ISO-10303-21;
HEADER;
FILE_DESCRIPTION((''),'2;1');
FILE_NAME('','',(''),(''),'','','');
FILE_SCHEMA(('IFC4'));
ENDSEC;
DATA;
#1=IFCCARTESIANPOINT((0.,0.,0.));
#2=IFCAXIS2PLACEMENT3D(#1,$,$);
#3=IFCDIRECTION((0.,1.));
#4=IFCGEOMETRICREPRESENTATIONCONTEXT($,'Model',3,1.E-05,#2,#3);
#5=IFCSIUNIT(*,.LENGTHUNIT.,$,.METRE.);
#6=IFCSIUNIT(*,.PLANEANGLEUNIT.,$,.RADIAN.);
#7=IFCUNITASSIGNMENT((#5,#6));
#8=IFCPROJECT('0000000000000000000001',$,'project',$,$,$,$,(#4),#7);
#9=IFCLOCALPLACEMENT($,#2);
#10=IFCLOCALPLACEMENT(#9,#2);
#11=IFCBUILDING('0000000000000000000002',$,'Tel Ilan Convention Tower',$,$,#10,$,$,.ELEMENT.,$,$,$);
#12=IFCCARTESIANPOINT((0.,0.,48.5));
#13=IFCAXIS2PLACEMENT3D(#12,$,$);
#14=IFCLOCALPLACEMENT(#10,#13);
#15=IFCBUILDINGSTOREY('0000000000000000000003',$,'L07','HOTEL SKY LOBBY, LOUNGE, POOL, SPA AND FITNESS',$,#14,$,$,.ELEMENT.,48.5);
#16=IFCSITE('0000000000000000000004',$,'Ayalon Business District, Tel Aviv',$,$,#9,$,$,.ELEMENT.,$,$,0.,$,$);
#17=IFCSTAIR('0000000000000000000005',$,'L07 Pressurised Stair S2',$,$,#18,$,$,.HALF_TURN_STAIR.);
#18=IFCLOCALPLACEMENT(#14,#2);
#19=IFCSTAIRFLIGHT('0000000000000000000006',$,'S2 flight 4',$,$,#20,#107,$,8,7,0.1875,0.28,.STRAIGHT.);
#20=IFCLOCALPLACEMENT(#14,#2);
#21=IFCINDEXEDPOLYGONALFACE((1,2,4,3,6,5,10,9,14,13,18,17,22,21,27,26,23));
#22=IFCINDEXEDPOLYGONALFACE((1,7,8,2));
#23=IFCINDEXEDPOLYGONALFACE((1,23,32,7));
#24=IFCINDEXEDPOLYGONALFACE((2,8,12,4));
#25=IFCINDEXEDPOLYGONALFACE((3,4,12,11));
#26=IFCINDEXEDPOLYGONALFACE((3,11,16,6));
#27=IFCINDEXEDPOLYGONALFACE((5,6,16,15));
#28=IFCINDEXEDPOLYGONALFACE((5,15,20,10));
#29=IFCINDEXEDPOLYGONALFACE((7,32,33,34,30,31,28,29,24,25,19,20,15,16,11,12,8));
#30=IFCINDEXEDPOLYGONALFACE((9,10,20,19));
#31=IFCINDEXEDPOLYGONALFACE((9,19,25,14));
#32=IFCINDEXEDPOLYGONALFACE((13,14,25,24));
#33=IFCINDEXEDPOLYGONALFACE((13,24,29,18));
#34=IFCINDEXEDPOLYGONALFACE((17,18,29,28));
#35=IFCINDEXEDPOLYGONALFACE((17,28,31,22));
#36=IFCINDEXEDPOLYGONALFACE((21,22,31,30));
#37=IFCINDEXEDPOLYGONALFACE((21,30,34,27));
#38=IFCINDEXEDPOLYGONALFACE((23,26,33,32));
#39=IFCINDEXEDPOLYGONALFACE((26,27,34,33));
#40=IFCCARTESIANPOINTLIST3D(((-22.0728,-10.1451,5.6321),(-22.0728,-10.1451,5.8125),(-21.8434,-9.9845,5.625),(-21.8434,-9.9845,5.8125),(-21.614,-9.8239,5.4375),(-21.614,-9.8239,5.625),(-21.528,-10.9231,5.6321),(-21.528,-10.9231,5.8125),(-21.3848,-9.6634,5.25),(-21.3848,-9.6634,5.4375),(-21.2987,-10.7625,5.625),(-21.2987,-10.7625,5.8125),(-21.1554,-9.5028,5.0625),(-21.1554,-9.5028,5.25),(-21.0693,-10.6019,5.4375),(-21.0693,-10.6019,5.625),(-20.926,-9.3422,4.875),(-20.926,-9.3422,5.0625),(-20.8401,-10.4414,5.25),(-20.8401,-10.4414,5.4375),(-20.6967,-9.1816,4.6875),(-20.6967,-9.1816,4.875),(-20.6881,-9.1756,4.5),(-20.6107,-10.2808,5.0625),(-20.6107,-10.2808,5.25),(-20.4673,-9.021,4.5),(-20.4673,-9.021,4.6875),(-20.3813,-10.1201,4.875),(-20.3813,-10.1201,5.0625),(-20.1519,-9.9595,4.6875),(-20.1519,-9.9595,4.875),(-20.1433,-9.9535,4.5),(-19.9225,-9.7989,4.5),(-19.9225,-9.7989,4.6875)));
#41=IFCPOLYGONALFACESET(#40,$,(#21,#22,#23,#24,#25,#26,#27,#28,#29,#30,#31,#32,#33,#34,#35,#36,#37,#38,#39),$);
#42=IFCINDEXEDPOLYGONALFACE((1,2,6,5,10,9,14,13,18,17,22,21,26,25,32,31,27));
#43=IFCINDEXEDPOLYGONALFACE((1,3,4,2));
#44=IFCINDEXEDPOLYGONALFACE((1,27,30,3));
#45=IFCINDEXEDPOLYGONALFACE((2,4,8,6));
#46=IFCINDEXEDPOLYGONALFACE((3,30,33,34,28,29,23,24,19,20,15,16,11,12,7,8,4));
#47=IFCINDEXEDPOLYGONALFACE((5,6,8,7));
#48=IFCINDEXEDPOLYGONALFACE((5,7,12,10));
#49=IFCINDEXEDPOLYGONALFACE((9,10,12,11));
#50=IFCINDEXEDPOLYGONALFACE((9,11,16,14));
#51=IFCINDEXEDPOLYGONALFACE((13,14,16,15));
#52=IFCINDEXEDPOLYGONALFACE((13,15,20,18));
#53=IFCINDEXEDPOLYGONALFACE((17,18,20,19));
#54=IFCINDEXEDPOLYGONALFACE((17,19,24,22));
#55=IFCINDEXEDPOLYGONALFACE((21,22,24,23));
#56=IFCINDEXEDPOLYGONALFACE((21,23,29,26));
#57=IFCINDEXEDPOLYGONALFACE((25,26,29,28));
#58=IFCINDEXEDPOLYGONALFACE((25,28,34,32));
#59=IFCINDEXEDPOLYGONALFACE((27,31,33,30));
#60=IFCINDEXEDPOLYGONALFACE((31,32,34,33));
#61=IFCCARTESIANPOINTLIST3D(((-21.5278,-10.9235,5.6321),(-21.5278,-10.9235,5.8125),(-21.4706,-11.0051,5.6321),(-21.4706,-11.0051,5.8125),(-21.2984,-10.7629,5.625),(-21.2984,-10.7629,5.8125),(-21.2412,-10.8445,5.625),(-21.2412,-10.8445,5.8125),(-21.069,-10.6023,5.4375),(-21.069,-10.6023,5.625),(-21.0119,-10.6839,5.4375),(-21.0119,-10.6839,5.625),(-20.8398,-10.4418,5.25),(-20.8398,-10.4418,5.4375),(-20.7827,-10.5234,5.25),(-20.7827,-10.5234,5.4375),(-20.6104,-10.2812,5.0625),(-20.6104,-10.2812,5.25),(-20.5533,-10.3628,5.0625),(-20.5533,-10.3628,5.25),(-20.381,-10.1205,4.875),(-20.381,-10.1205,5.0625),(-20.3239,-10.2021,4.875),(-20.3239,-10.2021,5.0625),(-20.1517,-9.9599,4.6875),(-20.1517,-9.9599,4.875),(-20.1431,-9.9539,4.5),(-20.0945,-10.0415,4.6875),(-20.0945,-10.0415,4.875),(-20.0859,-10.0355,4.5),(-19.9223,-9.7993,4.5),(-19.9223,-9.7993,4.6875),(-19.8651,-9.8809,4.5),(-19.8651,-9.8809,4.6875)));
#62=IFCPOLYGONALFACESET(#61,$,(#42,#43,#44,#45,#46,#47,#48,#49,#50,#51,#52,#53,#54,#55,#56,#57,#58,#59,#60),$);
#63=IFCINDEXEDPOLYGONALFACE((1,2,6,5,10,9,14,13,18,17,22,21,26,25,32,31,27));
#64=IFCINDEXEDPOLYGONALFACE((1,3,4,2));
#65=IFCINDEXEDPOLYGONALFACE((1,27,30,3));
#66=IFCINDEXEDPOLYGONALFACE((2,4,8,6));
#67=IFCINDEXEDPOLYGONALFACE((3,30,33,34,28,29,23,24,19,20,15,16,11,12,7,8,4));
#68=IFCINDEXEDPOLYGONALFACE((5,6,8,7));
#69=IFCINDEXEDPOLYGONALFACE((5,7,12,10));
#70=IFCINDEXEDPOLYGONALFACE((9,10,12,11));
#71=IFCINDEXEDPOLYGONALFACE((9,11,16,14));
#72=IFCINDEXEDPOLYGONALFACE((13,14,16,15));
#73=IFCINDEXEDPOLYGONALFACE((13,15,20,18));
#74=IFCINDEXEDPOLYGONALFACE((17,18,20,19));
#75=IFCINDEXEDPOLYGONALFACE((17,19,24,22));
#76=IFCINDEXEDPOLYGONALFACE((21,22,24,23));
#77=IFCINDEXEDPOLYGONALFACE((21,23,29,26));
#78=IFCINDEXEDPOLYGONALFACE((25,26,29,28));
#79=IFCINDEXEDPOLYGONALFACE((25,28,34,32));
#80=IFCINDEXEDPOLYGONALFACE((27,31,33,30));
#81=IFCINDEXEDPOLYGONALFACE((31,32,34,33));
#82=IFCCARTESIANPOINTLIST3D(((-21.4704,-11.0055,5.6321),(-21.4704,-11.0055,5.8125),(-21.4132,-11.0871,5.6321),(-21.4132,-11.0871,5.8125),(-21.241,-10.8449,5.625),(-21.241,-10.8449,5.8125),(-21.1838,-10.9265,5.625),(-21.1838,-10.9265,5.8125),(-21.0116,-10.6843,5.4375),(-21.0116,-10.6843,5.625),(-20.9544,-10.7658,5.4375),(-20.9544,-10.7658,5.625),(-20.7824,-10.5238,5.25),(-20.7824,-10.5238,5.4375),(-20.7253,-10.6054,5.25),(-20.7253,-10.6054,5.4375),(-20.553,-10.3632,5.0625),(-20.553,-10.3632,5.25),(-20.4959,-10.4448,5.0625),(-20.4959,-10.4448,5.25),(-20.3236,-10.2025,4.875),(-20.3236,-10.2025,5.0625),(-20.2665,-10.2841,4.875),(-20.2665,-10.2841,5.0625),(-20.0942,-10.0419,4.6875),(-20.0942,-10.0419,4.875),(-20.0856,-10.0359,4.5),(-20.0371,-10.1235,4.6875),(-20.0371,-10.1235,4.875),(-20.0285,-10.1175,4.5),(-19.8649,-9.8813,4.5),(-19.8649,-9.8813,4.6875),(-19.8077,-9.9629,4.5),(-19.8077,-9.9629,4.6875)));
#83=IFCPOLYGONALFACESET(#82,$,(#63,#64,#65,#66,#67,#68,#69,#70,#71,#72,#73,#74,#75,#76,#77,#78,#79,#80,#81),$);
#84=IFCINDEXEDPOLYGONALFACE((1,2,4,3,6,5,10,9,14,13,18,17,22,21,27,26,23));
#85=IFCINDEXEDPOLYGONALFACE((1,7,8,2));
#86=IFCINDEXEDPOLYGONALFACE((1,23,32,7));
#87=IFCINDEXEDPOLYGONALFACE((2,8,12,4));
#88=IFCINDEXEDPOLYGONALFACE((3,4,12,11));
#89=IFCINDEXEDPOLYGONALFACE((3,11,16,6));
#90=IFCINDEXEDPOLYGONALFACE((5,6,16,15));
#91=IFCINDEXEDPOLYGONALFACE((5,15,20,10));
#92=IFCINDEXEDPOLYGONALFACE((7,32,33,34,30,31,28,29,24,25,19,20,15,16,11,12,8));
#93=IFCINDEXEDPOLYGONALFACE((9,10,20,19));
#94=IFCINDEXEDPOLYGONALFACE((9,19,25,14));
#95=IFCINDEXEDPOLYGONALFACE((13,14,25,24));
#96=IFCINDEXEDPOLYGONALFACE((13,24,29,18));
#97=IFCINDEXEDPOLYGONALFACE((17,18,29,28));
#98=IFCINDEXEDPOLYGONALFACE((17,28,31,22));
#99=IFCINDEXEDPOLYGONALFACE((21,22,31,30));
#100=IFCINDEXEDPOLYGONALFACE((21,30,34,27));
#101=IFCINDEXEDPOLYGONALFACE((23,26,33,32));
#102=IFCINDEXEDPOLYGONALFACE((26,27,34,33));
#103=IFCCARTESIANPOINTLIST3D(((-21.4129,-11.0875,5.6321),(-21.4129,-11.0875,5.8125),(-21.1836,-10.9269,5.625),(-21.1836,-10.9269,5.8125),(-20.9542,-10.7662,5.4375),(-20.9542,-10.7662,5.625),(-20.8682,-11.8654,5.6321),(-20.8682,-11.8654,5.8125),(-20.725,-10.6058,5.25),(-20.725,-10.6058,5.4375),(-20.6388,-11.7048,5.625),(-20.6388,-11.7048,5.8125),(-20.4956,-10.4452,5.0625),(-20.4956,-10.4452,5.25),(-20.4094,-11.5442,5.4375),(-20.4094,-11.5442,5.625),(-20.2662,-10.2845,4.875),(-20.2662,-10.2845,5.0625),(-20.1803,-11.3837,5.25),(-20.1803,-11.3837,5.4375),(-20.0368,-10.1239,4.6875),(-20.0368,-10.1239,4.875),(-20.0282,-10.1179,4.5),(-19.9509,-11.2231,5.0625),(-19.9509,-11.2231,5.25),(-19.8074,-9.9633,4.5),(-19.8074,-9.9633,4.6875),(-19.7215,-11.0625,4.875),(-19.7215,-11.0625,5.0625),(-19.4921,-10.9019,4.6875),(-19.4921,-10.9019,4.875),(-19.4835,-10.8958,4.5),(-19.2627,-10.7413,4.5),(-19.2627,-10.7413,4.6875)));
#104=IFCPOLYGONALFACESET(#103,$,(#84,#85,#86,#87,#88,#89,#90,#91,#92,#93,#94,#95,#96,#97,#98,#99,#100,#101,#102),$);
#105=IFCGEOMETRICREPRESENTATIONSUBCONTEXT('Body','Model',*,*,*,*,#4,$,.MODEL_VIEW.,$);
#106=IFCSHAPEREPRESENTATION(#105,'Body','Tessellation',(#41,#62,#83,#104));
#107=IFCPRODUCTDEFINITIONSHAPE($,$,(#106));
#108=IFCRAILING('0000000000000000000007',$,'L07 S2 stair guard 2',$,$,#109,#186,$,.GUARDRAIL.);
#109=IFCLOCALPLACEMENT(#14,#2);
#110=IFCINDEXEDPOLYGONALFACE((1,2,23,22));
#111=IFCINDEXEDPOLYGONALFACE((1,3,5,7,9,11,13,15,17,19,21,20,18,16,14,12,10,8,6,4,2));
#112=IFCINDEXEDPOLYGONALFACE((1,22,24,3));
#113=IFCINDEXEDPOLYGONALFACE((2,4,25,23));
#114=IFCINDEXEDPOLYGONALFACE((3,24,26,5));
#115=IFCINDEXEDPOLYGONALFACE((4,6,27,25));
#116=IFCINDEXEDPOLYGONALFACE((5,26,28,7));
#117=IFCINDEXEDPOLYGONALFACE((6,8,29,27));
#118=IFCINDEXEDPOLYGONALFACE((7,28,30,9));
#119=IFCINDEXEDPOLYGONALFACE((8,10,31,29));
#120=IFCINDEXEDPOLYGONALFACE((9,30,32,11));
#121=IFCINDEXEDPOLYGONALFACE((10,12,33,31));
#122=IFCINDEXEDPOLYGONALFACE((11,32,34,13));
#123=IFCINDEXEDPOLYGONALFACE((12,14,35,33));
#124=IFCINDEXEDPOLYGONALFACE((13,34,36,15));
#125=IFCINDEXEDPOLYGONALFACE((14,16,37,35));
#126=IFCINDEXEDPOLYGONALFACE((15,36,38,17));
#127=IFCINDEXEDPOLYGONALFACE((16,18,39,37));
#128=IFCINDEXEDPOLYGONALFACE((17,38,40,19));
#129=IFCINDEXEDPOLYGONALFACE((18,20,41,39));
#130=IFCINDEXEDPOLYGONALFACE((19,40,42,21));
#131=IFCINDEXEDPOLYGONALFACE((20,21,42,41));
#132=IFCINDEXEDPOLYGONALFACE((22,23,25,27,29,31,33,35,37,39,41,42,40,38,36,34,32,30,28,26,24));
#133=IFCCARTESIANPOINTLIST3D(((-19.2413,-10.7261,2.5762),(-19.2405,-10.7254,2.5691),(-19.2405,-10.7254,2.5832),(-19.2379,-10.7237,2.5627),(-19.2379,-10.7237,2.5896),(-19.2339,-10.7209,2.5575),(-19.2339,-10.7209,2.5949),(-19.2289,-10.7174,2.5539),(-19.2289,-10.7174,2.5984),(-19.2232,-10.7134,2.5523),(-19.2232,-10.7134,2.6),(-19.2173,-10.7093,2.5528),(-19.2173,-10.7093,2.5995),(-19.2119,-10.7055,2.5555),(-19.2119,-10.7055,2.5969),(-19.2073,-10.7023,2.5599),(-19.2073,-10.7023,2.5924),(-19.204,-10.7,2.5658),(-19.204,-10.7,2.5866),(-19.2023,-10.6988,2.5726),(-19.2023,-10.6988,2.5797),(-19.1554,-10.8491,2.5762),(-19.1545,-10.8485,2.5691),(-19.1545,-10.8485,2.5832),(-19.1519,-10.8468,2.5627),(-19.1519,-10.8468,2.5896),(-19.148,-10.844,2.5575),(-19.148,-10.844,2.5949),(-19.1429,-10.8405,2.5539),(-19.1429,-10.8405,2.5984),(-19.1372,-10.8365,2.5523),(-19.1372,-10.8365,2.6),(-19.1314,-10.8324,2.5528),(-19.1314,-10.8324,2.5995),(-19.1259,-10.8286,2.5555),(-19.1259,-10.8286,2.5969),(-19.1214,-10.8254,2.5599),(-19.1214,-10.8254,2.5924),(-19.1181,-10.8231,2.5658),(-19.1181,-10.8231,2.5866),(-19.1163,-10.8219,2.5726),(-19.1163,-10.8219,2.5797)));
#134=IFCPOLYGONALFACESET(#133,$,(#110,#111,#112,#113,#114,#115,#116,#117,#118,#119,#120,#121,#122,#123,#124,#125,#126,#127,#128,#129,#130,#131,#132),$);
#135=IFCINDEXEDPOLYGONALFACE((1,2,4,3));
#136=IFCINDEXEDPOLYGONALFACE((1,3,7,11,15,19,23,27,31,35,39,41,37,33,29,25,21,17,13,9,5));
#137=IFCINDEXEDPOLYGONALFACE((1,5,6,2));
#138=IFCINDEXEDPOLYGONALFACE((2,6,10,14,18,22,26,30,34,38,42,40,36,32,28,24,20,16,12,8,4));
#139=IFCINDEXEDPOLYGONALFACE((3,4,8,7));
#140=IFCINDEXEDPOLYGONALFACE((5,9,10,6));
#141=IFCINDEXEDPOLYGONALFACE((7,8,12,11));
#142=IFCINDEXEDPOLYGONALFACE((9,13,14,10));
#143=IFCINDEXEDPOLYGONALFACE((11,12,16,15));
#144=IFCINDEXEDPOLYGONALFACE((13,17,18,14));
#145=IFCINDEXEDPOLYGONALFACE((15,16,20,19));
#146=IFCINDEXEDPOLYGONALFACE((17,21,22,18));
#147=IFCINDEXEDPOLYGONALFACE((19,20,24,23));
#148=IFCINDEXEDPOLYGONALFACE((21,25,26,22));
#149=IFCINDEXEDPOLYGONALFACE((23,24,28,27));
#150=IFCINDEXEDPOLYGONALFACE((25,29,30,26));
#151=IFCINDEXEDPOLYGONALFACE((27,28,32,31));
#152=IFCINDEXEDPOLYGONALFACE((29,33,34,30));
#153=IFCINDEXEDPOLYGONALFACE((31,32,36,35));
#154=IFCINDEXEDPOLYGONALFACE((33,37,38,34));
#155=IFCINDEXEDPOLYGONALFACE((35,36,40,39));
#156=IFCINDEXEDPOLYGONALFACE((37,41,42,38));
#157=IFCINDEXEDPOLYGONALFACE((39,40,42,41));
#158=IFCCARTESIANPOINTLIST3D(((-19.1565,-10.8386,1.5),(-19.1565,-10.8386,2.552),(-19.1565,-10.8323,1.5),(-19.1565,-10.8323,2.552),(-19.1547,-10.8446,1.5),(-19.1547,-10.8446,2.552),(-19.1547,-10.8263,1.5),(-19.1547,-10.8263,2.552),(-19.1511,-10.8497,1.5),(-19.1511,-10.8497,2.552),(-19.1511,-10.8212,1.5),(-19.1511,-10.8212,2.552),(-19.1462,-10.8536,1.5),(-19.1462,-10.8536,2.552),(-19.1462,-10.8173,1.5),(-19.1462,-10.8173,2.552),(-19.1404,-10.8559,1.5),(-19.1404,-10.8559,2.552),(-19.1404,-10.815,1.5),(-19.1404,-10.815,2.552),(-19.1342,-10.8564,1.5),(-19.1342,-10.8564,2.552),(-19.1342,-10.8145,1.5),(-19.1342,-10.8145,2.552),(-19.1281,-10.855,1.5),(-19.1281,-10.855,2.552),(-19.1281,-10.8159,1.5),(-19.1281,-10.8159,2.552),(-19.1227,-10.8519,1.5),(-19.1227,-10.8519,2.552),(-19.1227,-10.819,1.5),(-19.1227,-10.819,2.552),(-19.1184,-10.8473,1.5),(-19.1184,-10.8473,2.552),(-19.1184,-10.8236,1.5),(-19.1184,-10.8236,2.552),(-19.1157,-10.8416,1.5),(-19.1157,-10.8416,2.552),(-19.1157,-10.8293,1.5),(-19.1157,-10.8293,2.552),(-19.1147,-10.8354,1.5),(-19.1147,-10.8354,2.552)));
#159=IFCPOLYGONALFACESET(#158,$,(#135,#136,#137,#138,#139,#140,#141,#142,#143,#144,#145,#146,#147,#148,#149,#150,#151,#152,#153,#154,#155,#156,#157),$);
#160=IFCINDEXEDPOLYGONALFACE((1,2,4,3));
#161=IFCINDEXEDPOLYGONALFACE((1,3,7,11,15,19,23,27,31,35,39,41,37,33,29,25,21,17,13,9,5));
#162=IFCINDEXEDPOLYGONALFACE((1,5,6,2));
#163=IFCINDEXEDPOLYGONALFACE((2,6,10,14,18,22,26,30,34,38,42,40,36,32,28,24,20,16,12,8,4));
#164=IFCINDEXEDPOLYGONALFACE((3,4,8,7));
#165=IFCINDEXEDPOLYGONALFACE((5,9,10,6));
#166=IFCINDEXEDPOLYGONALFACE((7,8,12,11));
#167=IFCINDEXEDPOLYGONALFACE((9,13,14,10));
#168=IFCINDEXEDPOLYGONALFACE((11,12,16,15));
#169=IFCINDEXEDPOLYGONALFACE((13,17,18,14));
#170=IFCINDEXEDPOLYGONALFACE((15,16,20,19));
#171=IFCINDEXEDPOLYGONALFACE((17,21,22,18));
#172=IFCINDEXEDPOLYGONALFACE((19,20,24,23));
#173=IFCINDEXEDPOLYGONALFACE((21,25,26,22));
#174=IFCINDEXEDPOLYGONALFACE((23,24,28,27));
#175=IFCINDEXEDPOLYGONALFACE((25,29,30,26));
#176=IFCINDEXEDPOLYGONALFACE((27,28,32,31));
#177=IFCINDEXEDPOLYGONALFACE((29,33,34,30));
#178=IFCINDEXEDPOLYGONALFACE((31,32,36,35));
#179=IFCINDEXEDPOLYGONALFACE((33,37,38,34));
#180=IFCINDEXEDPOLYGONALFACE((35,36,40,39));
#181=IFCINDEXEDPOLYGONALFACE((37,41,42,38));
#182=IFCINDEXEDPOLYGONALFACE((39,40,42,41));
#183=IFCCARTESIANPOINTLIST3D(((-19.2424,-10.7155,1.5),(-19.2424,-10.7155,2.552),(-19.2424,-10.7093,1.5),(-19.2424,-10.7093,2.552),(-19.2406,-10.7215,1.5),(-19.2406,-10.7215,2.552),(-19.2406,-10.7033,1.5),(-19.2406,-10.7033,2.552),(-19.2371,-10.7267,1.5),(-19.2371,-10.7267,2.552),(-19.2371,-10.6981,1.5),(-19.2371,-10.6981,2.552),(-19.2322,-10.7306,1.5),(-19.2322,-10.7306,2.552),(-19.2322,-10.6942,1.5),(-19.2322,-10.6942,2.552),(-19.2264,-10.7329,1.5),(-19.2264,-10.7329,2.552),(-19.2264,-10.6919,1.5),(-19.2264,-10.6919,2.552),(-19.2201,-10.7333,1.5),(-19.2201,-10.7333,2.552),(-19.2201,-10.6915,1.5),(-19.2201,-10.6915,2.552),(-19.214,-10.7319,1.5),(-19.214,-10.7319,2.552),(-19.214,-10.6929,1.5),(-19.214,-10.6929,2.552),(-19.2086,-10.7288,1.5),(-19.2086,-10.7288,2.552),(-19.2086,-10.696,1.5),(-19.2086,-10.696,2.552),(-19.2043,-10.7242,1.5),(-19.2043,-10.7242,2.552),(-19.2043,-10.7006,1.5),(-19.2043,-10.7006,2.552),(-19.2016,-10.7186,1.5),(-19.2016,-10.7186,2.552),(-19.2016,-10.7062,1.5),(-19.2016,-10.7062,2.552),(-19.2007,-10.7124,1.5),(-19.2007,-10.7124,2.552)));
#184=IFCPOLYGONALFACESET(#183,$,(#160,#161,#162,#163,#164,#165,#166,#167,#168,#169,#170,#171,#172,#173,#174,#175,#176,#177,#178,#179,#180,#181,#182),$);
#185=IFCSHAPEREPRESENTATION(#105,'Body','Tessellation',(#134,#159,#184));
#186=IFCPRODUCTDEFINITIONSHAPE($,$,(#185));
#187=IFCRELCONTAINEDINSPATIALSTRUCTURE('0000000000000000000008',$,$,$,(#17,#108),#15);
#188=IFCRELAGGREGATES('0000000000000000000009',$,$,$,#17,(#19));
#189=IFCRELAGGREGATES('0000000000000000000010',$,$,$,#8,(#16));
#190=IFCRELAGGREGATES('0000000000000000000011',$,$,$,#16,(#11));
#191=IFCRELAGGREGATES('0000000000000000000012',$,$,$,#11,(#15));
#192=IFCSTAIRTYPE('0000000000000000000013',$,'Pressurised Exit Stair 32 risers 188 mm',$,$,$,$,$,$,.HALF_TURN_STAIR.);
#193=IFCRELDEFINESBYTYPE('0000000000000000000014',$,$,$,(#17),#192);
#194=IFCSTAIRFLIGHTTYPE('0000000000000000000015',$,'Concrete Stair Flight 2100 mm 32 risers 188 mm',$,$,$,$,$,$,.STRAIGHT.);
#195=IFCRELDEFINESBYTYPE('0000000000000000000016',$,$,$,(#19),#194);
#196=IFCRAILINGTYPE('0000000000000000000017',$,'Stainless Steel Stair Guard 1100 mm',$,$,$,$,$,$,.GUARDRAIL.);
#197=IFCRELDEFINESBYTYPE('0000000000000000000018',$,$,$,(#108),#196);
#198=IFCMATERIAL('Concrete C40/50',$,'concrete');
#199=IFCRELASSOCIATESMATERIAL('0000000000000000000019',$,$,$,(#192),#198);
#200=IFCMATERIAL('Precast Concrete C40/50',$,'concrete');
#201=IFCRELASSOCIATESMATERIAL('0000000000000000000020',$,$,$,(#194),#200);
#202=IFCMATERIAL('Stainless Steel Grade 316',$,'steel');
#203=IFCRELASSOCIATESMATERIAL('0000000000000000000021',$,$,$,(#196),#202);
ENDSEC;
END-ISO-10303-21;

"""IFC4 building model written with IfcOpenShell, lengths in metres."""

from ifc_helpers import new_model, si_unit, direction, frame, origin, origin_2d, place, context, subcontext, project, spatial, polyline, circle, outline, extrude, material, type_object, element, aggregate, save


model = new_model("IFC4")

# Units and contexts
model_context = context("Model", 3, precision=1e-05, world=origin(), true_north=direction((0.0, 1.0)))
body_context = subcontext(model_context, "Body", "Model", "MODEL_VIEW")
ifc_project = project(units=[si_unit("LENGTHUNIT", "METRE"), si_unit("PLANEANGLEUNIT", "RADIAN")], contexts=[model_context])

# Site, building, storey
site_placement = place(None, origin())
site = spatial("IfcSite", under=ifc_project, at=site_placement, Name="Ayalon Business District, Tel Aviv", CompositionType="ELEMENT", RefElevation=0.0)
building_placement = place(site_placement, origin())
building = spatial("IfcBuilding", under=site, at=building_placement, Name="Tel Ilan Convention Tower", CompositionType="ELEMENT")
storey_placement = place(building_placement, frame((0.0, 0.0, 48.5)))
storey = spatial("IfcBuildingStorey", under=building, at=storey_placement, Name="L07", Description="HOTEL SKY LOBBY, LOUNGE, POOL, SPA AND FITNESS", CompositionType="ELEMENT", Elevation=48.5)

# Stair, stair flight
ifc_material_1 = material(Name="Concrete C40/50", Category="concrete")
stair_type = type_object("IfcStairType", Name="Pressurised Exit Stair 32 risers 188 mm", PredefinedType="HALF_TURN_STAIR", material=ifc_material_1)
stair_placement = place(storey_placement, origin())
stair = element("IfcStair", 1, at=stair_placement, inside=storey, type_object=stair_type, Name="L07 Pressurised Stair S2", PredefinedType="HALF_TURN_STAIR")
ifc_material_2 = material(Name="Precast Concrete C40/50", Category="concrete")
stair_flight_type = type_object("IfcStairFlightType", Name="Concrete Stair Flight 2100 mm 32 risers 188 mm", PredefinedType="STRAIGHT", material=ifc_material_2)
stair_flight_placement = place(storey_placement, frame((-19.865, -9.8811, 4.5), z_axis=(0.0, 0.0, 1.0), x_axis=(-0.819152, -0.573576, 0.0)))
stair_flight = element("IfcStairFlight", 2, at=stair_flight_placement, type_object=stair_flight_type, Name="S2 flight 4", NumberOfRisers=8, NumberOfTreads=7, PredefinedType="STRAIGHT", RiserHeight=0.1875, TreadLength=0.28, context=body_context, shape_type="SweptSolid", body=[
    extrude(outline(polyline([(0.0, 0.0), (0.0, 0.1875), (0.28, 0.1875), (0.28, 0.375), (0.5601, 0.375), (0.5601, 0.5625), (0.8401, 0.5625), (0.8401, 0.75), (1.1201, 0.75), (1.1201, 0.9375), (1.3999, 0.9375), (1.3999, 1.125), (1.6799, 1.125), (1.6799, 1.3125), (1.96, 1.3125), (1.96, 1.5), (1.96, 1.1321), (0.2695, 0.0), (0.0, 0.0)])), frame((0.0, -0.1003, 0.0), z_axis=(0.0, -1.0, 0.0), x_axis=(1.0, 0.0, 0.0)), (0.0, 0.0, 1.0), 0.9497),
    extrude(outline(polyline([(0.0, 0.0), (0.0, 0.1875), (0.28, 0.1875), (0.28, 0.375), (0.5601, 0.375), (0.5601, 0.5625), (0.8401, 0.5625), (0.8401, 0.75), (1.1201, 0.75), (1.1201, 0.9375), (1.3999, 0.9375), (1.3999, 1.125), (1.6799, 1.125), (1.6799, 1.3125), (1.96, 1.3125), (1.96, 1.5), (1.96, 1.1321), (0.2695, 0.0), (0.0, 0.0)])), frame((0.0, -0.0002, 0.0), z_axis=(0.0, -1.0, 0.0), x_axis=(1.0, 0.0, 0.0)), (0.0, 0.0, 1.0), 0.0996),
    extrude(outline(polyline([(0.0, 0.0), (0.0, 0.1875), (0.28, 0.1875), (0.28, 0.375), (0.5601, 0.375), (0.5601, 0.5625), (0.8401, 0.5625), (0.8401, 0.75), (1.1201, 0.75), (1.1201, 0.9375), (1.3999, 0.9375), (1.3999, 1.125), (1.6799, 1.125), (1.6799, 1.3125), (1.96, 1.3125), (1.96, 1.5), (1.96, 1.1321), (0.2695, 0.0), (0.0, 0.0)])), frame((0.0, 0.0999, 0.0), z_axis=(0.0, -1.0, 0.0), x_axis=(1.0, 0.0, 0.0)), (0.0, 0.0, 1.0), 0.0996),
    extrude(outline(polyline([(0.0, 0.0), (0.0, 0.1875), (0.28, 0.1875), (0.28, 0.375), (0.5601, 0.375), (0.5601, 0.5625), (0.8401, 0.5625), (0.8401, 0.75), (1.1201, 0.75), (1.1201, 0.9375), (1.3999, 0.9375), (1.3999, 1.125), (1.6799, 1.125), (1.6799, 1.3125), (1.96, 1.3125), (1.96, 1.5), (1.96, 1.1321), (0.2695, 0.0), (0.0, 0.0)])), frame((0.0, 1.05, 0.0), z_axis=(0.0, -1.0, 0.0), x_axis=(1.0, 0.0, 0.0)), (0.0, 0.0, 1.0), 0.9497),
])
aggregate(stair, [stair_flight])

# Railing
ifc_material_3 = material(Name="Stainless Steel Grade 316", Category="steel")
railing_type_1 = type_object("IfcRailingType", Name="Stainless Steel Stair Guard 1100 mm", PredefinedType="GUARDRAIL", material=ifc_material_3)
railing_1_placement = place(storey_placement, frame((-19.1357, -10.8354, 1.5)))
element("IfcRailing", 3, at=railing_1_placement, inside=storey, type_object=railing_type_1, Name="L07 S2 stair guard 2", PredefinedType="GUARDRAIL", context=body_context, shape_type="SweptSolid", body=[
    extrude(circle(Radius=0.0239, at=origin_2d()), frame((0.0, 0.0, 1.0762), z_axis=(-0.572589, 0.819843, 0.0), x_axis=(-0.819843, -0.572589, 0.0)), (0.0, 0.0, 1.0), 0.1501),
    extrude(circle(Radius=0.021, at=origin_2d()), origin(), (0.0, 0.0, 1.0), 1.052),
    extrude(circle(Radius=0.021, at=origin_2d()), frame((-0.0859, 0.123, 0.0)), (0.0, 0.0, 1.0), 1.052),
])

save(model, "model.ifc")
